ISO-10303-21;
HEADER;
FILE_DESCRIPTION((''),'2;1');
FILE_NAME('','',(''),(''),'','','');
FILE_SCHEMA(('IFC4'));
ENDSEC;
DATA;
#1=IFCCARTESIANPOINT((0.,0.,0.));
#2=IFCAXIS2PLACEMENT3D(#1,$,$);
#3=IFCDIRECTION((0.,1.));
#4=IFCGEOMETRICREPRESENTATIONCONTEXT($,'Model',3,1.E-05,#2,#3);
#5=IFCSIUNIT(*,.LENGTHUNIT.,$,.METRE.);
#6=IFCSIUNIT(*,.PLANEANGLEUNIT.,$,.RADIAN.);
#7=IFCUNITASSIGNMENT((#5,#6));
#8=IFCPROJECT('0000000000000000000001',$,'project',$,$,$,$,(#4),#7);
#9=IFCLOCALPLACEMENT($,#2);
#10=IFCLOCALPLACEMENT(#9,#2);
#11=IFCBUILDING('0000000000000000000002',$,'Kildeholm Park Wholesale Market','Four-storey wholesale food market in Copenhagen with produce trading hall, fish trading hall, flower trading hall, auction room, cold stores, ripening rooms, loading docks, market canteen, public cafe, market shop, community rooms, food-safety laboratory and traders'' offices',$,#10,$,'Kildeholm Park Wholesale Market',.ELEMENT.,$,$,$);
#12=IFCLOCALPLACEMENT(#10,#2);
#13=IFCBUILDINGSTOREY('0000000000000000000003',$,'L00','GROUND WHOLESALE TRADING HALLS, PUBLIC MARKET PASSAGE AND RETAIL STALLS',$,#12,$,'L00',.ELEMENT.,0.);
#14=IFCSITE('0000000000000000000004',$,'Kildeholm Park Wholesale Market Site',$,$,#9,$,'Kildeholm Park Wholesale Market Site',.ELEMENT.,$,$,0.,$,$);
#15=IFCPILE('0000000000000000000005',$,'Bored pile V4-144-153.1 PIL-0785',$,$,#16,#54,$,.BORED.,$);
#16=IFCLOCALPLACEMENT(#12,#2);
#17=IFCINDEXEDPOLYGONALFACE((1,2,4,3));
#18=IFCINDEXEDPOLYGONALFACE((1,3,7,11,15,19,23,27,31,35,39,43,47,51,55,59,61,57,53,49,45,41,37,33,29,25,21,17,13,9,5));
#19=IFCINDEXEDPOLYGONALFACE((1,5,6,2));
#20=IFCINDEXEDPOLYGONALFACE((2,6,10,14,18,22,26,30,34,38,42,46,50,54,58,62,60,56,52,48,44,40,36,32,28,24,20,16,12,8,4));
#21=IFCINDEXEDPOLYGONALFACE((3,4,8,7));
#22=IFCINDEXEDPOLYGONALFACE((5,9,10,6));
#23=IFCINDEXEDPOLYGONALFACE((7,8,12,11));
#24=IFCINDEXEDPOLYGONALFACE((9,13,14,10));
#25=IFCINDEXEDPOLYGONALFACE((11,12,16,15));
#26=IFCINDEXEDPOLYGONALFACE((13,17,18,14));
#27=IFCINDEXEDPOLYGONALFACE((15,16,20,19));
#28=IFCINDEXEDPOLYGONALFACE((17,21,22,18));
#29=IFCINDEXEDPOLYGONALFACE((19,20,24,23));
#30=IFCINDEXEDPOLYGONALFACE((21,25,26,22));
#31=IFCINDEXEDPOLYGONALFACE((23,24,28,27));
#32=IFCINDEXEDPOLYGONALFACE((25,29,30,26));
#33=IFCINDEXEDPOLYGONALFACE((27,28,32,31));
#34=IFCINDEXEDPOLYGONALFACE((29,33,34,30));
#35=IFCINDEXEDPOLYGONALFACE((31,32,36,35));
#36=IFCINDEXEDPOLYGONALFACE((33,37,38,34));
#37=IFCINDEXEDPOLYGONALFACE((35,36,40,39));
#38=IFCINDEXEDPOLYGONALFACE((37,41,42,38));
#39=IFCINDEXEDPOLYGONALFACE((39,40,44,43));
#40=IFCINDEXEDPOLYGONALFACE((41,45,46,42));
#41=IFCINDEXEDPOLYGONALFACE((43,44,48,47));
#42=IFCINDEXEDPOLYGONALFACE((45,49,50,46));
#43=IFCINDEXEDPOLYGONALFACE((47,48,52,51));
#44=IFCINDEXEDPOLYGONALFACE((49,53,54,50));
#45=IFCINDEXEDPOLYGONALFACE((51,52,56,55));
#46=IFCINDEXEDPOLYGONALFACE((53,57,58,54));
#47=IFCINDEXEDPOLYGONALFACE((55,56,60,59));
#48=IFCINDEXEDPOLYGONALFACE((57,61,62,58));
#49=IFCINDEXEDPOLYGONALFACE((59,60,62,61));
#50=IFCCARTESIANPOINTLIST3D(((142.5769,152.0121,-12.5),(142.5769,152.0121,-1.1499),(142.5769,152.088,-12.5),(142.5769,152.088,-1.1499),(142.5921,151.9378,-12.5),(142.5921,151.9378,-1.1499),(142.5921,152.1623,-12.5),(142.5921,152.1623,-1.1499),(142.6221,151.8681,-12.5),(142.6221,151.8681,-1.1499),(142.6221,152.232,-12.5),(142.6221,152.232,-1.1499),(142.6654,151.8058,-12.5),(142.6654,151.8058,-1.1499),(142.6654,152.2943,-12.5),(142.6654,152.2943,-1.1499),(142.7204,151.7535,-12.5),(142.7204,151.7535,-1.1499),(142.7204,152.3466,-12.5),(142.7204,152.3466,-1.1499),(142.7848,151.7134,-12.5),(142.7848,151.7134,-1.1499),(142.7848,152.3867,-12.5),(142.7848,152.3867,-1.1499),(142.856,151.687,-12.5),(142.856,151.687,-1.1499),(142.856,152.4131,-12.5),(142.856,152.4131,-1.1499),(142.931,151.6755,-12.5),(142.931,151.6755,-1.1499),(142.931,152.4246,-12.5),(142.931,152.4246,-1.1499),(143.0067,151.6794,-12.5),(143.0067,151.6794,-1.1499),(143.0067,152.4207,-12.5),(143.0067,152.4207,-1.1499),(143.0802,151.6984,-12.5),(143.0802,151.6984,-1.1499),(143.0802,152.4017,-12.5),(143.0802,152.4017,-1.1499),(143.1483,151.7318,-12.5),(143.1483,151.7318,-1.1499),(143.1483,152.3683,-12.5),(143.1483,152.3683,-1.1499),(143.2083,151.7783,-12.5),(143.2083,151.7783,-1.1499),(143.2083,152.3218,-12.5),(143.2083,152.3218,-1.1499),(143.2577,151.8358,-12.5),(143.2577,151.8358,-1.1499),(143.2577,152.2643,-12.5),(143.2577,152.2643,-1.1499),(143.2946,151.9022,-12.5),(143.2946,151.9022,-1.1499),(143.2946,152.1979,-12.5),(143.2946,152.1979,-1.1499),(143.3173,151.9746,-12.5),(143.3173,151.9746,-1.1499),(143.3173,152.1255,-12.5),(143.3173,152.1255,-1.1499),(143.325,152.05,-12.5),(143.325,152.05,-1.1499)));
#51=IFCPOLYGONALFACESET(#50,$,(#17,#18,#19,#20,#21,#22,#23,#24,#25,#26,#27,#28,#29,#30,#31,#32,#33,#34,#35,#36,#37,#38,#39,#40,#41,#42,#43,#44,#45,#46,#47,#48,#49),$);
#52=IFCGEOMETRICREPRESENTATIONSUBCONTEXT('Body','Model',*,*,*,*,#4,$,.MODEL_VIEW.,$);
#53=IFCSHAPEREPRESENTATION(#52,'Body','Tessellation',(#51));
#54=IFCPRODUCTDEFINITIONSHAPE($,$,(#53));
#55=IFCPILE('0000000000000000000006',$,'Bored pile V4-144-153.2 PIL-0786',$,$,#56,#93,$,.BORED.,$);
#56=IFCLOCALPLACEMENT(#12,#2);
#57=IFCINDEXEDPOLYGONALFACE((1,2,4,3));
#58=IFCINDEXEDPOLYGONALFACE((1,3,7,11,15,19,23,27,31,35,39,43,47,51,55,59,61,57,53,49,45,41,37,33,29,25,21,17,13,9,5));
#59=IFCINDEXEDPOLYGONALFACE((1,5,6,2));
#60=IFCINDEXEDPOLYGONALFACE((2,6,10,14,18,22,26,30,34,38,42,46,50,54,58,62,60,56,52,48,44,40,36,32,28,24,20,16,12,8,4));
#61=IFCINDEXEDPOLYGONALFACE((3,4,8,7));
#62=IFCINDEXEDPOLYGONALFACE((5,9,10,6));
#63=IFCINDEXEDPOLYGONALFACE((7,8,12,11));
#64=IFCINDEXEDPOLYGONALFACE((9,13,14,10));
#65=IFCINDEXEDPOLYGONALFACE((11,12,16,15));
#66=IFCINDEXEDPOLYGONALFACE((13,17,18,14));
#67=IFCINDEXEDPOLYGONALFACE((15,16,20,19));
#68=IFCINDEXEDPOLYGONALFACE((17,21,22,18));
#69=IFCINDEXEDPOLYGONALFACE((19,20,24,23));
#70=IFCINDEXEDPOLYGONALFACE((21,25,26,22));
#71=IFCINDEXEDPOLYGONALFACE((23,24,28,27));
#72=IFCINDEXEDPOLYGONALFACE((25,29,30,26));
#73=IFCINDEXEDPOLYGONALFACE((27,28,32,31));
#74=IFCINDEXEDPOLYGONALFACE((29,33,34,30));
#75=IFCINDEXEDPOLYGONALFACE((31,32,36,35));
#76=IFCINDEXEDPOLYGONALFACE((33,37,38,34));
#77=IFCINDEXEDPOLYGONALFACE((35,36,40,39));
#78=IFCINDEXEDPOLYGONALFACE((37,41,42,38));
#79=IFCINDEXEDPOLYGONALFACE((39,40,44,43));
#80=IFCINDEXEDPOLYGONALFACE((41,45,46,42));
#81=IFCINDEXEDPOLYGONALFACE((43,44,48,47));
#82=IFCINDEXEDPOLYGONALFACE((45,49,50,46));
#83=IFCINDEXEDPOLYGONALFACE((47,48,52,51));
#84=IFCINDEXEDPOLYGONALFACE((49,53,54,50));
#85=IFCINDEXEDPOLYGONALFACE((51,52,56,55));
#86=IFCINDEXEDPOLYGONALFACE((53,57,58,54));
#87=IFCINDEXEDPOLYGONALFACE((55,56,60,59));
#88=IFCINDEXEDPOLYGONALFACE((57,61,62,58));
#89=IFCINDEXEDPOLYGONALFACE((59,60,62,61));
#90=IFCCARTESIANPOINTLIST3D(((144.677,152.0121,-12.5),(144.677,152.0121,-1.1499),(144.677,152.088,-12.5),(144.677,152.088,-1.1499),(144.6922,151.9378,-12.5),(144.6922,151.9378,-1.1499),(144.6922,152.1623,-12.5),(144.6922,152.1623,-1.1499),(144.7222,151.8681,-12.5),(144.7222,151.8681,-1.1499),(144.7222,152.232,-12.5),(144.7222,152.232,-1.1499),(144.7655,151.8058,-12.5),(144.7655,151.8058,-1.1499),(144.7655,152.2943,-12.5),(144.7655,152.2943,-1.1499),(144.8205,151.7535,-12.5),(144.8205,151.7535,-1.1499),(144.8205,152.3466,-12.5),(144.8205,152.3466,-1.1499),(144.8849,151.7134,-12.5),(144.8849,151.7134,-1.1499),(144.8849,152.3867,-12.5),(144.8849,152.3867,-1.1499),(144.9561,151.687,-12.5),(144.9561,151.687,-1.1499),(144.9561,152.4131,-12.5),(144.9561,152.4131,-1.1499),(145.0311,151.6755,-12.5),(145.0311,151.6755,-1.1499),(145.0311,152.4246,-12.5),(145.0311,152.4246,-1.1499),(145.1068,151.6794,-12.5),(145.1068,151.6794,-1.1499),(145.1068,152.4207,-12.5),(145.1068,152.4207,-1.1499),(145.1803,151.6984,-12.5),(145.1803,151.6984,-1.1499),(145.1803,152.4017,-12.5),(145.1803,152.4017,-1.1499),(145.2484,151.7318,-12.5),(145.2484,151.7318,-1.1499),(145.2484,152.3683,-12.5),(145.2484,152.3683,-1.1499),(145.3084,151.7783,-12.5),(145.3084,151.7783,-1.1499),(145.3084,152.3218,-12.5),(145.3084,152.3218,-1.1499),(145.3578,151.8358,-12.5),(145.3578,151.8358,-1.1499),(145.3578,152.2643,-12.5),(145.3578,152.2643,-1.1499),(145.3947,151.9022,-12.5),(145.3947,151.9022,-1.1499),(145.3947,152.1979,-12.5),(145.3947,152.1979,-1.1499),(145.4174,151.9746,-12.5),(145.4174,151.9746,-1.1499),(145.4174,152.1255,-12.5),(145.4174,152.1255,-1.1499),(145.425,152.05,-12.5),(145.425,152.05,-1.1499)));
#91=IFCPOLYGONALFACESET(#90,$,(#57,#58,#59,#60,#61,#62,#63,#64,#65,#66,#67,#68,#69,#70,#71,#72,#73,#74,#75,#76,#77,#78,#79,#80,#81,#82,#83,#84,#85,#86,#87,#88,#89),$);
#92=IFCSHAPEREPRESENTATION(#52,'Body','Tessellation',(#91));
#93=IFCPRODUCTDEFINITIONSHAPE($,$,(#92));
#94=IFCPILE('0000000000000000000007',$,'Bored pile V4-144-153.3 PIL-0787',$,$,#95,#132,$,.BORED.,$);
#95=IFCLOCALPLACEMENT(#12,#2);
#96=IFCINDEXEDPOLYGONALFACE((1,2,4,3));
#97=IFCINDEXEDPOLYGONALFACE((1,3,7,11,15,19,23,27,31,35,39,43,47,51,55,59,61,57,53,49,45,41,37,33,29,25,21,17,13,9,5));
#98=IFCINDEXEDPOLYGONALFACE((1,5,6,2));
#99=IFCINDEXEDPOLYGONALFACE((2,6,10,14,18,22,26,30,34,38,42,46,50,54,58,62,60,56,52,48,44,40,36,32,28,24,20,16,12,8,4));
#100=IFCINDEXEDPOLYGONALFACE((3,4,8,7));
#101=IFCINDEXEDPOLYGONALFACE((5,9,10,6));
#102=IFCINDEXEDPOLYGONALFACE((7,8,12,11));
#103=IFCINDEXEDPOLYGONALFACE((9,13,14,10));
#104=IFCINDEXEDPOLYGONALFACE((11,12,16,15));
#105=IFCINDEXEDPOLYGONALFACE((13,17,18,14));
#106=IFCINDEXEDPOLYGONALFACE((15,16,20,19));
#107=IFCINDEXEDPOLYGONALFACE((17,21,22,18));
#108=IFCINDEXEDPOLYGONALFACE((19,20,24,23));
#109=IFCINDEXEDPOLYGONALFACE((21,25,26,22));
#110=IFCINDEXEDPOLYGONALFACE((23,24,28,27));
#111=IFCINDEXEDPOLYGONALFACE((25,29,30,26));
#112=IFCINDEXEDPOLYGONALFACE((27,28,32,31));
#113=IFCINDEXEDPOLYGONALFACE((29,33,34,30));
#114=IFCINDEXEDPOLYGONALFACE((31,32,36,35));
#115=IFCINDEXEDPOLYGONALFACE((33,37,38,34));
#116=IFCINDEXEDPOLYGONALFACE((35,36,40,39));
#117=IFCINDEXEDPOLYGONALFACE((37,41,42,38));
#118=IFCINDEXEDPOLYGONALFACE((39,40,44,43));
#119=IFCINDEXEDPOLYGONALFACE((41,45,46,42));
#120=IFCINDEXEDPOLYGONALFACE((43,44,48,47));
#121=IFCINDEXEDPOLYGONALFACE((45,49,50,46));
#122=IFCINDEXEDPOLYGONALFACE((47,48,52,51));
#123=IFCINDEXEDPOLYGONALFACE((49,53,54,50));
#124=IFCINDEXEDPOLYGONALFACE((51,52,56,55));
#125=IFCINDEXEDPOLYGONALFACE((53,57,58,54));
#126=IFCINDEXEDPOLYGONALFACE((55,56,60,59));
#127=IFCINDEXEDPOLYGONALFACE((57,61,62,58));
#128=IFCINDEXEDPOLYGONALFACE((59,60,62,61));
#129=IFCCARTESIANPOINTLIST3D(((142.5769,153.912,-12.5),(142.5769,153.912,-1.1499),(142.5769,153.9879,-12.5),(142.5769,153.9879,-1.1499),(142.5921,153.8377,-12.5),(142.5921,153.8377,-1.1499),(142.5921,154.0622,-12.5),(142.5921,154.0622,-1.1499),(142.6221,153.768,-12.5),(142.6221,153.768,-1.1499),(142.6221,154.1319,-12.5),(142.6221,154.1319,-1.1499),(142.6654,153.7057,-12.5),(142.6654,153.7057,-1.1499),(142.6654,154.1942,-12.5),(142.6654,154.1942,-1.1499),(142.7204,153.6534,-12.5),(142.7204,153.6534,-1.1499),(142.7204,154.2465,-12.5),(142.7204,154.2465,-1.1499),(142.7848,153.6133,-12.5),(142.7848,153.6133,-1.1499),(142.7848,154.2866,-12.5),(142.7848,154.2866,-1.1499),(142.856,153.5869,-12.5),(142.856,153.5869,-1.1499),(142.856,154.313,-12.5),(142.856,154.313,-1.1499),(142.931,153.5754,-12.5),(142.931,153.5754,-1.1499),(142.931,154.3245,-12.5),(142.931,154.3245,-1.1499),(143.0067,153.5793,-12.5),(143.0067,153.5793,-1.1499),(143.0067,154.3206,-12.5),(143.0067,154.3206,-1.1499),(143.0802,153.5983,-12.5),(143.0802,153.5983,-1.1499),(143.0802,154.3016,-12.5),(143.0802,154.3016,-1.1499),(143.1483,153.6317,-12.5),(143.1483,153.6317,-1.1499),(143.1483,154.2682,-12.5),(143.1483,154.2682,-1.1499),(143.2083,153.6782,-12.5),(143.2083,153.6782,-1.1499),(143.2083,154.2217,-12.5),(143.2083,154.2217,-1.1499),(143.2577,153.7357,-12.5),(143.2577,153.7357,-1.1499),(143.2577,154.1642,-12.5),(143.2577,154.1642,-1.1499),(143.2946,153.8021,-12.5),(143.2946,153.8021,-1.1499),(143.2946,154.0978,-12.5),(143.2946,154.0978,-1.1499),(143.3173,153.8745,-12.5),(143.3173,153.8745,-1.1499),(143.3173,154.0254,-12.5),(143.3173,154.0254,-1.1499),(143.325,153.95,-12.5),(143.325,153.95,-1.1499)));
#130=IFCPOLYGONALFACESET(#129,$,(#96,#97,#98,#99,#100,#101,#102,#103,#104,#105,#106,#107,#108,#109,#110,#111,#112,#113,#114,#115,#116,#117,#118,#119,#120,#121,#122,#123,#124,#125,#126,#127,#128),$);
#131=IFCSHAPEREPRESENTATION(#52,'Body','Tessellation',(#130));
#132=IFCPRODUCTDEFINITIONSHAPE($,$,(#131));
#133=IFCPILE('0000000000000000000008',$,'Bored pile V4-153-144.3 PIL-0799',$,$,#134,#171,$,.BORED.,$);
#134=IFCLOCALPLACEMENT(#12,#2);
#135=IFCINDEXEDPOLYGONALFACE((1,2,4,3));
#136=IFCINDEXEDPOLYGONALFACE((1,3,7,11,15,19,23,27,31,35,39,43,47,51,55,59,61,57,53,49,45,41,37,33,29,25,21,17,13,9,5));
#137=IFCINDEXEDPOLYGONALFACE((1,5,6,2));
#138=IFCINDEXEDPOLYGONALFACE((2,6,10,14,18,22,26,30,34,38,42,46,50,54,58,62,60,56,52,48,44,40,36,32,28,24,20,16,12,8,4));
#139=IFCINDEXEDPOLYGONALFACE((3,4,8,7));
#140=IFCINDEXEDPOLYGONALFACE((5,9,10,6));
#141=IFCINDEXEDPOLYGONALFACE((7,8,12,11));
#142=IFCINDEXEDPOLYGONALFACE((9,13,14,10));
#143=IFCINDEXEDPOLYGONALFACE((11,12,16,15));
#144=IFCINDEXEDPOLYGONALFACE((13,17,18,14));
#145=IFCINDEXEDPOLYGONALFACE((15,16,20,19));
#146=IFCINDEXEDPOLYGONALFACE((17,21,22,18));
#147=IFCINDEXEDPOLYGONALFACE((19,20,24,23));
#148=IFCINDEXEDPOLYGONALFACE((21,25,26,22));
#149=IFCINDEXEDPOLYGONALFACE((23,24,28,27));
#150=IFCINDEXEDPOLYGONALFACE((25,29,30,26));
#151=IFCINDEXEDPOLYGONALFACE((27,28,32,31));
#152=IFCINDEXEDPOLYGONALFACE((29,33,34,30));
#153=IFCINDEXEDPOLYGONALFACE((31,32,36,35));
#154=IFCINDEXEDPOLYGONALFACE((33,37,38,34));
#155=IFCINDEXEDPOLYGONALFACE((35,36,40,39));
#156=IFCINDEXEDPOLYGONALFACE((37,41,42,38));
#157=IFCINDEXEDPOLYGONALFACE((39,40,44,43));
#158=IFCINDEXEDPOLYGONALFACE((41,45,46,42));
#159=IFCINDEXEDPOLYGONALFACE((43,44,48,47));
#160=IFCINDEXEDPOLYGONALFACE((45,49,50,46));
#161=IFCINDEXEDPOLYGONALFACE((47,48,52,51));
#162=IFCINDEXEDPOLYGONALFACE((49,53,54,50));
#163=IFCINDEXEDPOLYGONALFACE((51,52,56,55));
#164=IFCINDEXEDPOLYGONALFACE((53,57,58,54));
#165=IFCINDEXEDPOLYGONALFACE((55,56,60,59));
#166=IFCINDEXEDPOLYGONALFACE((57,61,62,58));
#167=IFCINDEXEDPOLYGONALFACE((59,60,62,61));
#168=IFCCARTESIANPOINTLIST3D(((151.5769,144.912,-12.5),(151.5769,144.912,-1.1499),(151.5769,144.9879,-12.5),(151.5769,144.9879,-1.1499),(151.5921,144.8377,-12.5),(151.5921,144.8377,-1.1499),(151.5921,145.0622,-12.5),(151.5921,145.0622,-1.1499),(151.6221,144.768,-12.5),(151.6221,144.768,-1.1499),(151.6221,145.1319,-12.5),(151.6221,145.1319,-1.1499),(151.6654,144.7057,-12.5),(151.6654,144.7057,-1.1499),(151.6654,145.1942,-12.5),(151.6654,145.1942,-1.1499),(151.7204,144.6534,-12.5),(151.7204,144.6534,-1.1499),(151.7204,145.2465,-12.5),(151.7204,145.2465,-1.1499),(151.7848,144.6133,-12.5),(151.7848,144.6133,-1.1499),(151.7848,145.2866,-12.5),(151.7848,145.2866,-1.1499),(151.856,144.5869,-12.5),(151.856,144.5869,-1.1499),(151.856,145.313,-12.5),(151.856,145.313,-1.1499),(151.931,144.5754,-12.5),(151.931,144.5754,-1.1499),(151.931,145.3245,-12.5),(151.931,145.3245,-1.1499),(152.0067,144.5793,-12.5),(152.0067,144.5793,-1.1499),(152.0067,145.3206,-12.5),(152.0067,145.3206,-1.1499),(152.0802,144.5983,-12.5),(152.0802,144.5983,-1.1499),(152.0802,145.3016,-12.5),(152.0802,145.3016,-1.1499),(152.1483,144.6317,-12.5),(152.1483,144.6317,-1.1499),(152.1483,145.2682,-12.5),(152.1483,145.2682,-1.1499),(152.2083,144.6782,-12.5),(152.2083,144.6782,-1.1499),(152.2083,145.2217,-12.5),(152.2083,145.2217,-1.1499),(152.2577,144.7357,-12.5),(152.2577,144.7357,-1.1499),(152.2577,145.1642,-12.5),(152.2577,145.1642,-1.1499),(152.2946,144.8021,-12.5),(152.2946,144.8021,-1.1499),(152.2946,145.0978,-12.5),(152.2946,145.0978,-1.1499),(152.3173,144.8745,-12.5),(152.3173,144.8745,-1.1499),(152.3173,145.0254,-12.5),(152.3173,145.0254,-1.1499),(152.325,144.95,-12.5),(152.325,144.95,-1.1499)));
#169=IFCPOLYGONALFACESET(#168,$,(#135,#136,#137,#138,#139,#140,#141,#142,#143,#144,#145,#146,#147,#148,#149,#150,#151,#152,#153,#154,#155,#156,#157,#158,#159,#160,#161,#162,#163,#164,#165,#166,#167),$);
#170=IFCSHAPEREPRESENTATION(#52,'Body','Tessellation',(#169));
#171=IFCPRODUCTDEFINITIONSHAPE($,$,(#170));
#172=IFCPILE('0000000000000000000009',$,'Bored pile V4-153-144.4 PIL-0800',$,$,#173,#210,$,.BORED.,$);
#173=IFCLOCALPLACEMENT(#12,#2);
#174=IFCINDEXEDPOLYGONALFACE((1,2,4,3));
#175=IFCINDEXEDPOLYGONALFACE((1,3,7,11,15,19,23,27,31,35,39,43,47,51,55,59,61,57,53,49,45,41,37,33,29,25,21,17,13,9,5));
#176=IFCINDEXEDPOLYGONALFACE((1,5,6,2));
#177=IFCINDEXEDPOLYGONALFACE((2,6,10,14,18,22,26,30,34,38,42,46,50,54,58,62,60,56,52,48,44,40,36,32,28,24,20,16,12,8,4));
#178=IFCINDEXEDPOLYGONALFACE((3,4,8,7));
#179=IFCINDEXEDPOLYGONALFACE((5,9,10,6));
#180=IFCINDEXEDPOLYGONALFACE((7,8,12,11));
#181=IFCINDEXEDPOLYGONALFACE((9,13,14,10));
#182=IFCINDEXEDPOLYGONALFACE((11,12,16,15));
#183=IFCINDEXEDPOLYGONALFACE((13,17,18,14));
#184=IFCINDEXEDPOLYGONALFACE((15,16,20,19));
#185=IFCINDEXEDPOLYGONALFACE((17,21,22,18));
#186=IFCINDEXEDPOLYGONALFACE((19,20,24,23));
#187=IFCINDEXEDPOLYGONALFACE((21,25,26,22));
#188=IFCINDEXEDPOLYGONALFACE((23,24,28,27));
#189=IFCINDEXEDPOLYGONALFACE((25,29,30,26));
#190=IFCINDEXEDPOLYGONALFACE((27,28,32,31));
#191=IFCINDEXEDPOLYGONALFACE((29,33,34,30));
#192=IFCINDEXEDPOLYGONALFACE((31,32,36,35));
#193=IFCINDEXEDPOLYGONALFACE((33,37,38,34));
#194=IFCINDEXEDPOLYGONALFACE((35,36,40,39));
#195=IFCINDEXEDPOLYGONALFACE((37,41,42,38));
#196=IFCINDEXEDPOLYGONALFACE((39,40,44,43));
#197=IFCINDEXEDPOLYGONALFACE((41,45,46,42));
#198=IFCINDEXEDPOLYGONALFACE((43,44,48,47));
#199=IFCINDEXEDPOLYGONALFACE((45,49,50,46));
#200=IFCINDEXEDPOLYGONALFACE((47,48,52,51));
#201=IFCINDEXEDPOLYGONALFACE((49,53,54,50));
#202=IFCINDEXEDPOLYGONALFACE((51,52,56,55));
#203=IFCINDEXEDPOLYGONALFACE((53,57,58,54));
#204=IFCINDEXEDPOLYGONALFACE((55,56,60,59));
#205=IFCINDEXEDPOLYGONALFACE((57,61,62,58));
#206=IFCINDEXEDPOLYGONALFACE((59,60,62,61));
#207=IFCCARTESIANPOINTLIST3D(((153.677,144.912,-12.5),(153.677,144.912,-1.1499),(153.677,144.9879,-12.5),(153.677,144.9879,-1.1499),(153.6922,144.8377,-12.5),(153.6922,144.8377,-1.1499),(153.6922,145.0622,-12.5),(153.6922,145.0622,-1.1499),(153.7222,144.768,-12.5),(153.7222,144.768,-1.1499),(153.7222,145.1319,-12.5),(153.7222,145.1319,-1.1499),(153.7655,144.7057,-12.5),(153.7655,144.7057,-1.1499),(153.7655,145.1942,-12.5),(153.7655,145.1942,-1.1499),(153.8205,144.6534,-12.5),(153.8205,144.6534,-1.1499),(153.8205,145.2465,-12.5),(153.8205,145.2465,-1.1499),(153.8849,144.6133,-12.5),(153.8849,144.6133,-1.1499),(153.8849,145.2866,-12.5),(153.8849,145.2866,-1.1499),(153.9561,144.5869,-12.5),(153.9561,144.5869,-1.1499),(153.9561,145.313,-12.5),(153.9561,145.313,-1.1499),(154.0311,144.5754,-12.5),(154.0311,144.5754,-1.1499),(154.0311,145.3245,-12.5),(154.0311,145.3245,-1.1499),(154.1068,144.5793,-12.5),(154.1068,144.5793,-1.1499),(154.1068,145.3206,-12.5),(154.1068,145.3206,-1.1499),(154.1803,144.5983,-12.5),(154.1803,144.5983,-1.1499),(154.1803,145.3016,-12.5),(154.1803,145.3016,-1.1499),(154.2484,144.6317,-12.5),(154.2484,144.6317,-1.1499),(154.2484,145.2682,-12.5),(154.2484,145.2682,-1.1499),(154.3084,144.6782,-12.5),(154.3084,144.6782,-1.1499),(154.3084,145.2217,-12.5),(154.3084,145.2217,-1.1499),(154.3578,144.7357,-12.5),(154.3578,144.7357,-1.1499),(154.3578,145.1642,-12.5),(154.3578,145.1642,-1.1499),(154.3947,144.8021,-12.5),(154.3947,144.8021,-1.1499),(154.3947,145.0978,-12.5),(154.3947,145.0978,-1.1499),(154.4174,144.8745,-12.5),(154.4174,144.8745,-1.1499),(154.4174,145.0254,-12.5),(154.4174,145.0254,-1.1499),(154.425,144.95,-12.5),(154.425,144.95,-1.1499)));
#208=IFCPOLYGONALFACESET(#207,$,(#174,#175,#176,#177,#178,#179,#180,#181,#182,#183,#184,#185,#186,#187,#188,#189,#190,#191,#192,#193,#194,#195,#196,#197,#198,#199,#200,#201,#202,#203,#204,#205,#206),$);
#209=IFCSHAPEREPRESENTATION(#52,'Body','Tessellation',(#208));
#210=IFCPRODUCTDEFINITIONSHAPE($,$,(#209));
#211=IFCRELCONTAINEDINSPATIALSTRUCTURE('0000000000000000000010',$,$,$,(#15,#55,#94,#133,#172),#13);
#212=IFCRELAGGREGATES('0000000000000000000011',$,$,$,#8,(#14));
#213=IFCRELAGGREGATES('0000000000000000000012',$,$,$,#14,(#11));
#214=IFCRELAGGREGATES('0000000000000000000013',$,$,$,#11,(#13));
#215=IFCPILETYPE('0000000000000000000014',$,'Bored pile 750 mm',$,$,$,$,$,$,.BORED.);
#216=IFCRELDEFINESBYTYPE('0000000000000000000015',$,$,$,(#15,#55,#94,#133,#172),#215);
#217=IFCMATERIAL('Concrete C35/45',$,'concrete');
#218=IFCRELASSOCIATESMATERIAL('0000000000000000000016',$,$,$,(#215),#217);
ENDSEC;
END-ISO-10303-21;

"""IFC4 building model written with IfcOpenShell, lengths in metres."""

from ifc_helpers import new_model, si_unit, direction, frame, origin, origin_2d, place, context, subcontext, project, spatial, circle, extrude, material, material_profile, profile_set, type_object, element, save


model = new_model("IFC4")

# Units and contexts
model_context = context("Model", 3, precision=1e-05, world=origin(), true_north=direction((0.0, 1.0)))
body_context = subcontext(model_context, "Body", "Model", "MODEL_VIEW")
ifc_project = project(units=[si_unit("LENGTHUNIT", "METRE"), si_unit("PLANEANGLEUNIT", "RADIAN")], contexts=[model_context])

# Site, building, storey
site_placement = place(None, origin())
site = spatial("IfcSite", under=ifc_project, at=site_placement, Name="Kildeholm Park Wholesale Market Site", LongName="Kildeholm Park Wholesale Market Site", CompositionType="ELEMENT", RefElevation=0.0)
building_placement = place(site_placement, origin())
building = spatial("IfcBuilding", under=site, at=building_placement, Name="Kildeholm Park Wholesale Market", Description="Four-storey wholesale food market in Copenhagen with produce trading hall, fish trading hall, flower trading hall, auction room, cold stores, ripening rooms, loading docks, market canteen, public cafe, market shop, community rooms, food-safety laboratory and traders' offices", LongName="Kildeholm Park Wholesale Market", CompositionType="ELEMENT")
storey_placement = place(building_placement, origin())
storey = spatial("IfcBuildingStorey", under=building, at=storey_placement, Name="L00", Description="GROUND WHOLESALE TRADING HALLS, PUBLIC MARKET PASSAGE AND RETAIL STALLS", LongName="L00", CompositionType="ELEMENT", Elevation=0.0)

# Piles
ifc_material_1 = material(Name="Concrete C35/45", Category="concrete")
ifc_material_profile_1 = material_profile(ifc_material_1, circle(Radius=0.375, at=origin_2d()), Name="PILE D750")
ifc_profile_set_1 = profile_set([ifc_material_profile_1], Name="Concrete C35/45")
pile_type = type_object("IfcPileType", Name="Bored pile 750 mm", PredefinedType="BORED", material=ifc_profile_set_1)
for number, where, z_axis, x_axis, name in (
    (1, (142.95, 152.05, -1.1499), (0.0, 0.0, -1.0), (1.0, 0.0, 0.0), "Bored pile V4-144-153.1 PIL-0785"),
    (2, (145.05, 152.05, -1.1499), (0.0, 0.0, -1.0), (1.0, 0.0, 0.0), "Bored pile V4-144-153.2 PIL-0786"),
    (3, (142.95, 153.95, -1.1499), (0.0, 0.0, -1.0), (1.0, 0.0, 0.0), "Bored pile V4-144-153.3 PIL-0787"),
    (4, (151.95, 144.95, -1.1499), (0.0, 0.0, -1.0), (1.0, 0.0, 0.0), "Bored pile V4-153-144.3 PIL-0799"),
    (5, (154.05, 144.95, -1.1499), (0.0, 0.0, -1.0), (1.0, 0.0, 0.0), "Bored pile V4-153-144.4 PIL-0800"),
):
    element("IfcPile", number, at=place(storey_placement, frame(where, z_axis=z_axis, x_axis=x_axis)), inside=storey, type_object=pile_type, Name=name, PredefinedType="BORED", context=body_context, shape_type="SweptSolid", body=[
        extrude(circle(Radius=0.375, at=origin_2d()), origin(), (0.0, 0.0, 1.0), 11.3501),
    ])

save(model, "model.ifc")
